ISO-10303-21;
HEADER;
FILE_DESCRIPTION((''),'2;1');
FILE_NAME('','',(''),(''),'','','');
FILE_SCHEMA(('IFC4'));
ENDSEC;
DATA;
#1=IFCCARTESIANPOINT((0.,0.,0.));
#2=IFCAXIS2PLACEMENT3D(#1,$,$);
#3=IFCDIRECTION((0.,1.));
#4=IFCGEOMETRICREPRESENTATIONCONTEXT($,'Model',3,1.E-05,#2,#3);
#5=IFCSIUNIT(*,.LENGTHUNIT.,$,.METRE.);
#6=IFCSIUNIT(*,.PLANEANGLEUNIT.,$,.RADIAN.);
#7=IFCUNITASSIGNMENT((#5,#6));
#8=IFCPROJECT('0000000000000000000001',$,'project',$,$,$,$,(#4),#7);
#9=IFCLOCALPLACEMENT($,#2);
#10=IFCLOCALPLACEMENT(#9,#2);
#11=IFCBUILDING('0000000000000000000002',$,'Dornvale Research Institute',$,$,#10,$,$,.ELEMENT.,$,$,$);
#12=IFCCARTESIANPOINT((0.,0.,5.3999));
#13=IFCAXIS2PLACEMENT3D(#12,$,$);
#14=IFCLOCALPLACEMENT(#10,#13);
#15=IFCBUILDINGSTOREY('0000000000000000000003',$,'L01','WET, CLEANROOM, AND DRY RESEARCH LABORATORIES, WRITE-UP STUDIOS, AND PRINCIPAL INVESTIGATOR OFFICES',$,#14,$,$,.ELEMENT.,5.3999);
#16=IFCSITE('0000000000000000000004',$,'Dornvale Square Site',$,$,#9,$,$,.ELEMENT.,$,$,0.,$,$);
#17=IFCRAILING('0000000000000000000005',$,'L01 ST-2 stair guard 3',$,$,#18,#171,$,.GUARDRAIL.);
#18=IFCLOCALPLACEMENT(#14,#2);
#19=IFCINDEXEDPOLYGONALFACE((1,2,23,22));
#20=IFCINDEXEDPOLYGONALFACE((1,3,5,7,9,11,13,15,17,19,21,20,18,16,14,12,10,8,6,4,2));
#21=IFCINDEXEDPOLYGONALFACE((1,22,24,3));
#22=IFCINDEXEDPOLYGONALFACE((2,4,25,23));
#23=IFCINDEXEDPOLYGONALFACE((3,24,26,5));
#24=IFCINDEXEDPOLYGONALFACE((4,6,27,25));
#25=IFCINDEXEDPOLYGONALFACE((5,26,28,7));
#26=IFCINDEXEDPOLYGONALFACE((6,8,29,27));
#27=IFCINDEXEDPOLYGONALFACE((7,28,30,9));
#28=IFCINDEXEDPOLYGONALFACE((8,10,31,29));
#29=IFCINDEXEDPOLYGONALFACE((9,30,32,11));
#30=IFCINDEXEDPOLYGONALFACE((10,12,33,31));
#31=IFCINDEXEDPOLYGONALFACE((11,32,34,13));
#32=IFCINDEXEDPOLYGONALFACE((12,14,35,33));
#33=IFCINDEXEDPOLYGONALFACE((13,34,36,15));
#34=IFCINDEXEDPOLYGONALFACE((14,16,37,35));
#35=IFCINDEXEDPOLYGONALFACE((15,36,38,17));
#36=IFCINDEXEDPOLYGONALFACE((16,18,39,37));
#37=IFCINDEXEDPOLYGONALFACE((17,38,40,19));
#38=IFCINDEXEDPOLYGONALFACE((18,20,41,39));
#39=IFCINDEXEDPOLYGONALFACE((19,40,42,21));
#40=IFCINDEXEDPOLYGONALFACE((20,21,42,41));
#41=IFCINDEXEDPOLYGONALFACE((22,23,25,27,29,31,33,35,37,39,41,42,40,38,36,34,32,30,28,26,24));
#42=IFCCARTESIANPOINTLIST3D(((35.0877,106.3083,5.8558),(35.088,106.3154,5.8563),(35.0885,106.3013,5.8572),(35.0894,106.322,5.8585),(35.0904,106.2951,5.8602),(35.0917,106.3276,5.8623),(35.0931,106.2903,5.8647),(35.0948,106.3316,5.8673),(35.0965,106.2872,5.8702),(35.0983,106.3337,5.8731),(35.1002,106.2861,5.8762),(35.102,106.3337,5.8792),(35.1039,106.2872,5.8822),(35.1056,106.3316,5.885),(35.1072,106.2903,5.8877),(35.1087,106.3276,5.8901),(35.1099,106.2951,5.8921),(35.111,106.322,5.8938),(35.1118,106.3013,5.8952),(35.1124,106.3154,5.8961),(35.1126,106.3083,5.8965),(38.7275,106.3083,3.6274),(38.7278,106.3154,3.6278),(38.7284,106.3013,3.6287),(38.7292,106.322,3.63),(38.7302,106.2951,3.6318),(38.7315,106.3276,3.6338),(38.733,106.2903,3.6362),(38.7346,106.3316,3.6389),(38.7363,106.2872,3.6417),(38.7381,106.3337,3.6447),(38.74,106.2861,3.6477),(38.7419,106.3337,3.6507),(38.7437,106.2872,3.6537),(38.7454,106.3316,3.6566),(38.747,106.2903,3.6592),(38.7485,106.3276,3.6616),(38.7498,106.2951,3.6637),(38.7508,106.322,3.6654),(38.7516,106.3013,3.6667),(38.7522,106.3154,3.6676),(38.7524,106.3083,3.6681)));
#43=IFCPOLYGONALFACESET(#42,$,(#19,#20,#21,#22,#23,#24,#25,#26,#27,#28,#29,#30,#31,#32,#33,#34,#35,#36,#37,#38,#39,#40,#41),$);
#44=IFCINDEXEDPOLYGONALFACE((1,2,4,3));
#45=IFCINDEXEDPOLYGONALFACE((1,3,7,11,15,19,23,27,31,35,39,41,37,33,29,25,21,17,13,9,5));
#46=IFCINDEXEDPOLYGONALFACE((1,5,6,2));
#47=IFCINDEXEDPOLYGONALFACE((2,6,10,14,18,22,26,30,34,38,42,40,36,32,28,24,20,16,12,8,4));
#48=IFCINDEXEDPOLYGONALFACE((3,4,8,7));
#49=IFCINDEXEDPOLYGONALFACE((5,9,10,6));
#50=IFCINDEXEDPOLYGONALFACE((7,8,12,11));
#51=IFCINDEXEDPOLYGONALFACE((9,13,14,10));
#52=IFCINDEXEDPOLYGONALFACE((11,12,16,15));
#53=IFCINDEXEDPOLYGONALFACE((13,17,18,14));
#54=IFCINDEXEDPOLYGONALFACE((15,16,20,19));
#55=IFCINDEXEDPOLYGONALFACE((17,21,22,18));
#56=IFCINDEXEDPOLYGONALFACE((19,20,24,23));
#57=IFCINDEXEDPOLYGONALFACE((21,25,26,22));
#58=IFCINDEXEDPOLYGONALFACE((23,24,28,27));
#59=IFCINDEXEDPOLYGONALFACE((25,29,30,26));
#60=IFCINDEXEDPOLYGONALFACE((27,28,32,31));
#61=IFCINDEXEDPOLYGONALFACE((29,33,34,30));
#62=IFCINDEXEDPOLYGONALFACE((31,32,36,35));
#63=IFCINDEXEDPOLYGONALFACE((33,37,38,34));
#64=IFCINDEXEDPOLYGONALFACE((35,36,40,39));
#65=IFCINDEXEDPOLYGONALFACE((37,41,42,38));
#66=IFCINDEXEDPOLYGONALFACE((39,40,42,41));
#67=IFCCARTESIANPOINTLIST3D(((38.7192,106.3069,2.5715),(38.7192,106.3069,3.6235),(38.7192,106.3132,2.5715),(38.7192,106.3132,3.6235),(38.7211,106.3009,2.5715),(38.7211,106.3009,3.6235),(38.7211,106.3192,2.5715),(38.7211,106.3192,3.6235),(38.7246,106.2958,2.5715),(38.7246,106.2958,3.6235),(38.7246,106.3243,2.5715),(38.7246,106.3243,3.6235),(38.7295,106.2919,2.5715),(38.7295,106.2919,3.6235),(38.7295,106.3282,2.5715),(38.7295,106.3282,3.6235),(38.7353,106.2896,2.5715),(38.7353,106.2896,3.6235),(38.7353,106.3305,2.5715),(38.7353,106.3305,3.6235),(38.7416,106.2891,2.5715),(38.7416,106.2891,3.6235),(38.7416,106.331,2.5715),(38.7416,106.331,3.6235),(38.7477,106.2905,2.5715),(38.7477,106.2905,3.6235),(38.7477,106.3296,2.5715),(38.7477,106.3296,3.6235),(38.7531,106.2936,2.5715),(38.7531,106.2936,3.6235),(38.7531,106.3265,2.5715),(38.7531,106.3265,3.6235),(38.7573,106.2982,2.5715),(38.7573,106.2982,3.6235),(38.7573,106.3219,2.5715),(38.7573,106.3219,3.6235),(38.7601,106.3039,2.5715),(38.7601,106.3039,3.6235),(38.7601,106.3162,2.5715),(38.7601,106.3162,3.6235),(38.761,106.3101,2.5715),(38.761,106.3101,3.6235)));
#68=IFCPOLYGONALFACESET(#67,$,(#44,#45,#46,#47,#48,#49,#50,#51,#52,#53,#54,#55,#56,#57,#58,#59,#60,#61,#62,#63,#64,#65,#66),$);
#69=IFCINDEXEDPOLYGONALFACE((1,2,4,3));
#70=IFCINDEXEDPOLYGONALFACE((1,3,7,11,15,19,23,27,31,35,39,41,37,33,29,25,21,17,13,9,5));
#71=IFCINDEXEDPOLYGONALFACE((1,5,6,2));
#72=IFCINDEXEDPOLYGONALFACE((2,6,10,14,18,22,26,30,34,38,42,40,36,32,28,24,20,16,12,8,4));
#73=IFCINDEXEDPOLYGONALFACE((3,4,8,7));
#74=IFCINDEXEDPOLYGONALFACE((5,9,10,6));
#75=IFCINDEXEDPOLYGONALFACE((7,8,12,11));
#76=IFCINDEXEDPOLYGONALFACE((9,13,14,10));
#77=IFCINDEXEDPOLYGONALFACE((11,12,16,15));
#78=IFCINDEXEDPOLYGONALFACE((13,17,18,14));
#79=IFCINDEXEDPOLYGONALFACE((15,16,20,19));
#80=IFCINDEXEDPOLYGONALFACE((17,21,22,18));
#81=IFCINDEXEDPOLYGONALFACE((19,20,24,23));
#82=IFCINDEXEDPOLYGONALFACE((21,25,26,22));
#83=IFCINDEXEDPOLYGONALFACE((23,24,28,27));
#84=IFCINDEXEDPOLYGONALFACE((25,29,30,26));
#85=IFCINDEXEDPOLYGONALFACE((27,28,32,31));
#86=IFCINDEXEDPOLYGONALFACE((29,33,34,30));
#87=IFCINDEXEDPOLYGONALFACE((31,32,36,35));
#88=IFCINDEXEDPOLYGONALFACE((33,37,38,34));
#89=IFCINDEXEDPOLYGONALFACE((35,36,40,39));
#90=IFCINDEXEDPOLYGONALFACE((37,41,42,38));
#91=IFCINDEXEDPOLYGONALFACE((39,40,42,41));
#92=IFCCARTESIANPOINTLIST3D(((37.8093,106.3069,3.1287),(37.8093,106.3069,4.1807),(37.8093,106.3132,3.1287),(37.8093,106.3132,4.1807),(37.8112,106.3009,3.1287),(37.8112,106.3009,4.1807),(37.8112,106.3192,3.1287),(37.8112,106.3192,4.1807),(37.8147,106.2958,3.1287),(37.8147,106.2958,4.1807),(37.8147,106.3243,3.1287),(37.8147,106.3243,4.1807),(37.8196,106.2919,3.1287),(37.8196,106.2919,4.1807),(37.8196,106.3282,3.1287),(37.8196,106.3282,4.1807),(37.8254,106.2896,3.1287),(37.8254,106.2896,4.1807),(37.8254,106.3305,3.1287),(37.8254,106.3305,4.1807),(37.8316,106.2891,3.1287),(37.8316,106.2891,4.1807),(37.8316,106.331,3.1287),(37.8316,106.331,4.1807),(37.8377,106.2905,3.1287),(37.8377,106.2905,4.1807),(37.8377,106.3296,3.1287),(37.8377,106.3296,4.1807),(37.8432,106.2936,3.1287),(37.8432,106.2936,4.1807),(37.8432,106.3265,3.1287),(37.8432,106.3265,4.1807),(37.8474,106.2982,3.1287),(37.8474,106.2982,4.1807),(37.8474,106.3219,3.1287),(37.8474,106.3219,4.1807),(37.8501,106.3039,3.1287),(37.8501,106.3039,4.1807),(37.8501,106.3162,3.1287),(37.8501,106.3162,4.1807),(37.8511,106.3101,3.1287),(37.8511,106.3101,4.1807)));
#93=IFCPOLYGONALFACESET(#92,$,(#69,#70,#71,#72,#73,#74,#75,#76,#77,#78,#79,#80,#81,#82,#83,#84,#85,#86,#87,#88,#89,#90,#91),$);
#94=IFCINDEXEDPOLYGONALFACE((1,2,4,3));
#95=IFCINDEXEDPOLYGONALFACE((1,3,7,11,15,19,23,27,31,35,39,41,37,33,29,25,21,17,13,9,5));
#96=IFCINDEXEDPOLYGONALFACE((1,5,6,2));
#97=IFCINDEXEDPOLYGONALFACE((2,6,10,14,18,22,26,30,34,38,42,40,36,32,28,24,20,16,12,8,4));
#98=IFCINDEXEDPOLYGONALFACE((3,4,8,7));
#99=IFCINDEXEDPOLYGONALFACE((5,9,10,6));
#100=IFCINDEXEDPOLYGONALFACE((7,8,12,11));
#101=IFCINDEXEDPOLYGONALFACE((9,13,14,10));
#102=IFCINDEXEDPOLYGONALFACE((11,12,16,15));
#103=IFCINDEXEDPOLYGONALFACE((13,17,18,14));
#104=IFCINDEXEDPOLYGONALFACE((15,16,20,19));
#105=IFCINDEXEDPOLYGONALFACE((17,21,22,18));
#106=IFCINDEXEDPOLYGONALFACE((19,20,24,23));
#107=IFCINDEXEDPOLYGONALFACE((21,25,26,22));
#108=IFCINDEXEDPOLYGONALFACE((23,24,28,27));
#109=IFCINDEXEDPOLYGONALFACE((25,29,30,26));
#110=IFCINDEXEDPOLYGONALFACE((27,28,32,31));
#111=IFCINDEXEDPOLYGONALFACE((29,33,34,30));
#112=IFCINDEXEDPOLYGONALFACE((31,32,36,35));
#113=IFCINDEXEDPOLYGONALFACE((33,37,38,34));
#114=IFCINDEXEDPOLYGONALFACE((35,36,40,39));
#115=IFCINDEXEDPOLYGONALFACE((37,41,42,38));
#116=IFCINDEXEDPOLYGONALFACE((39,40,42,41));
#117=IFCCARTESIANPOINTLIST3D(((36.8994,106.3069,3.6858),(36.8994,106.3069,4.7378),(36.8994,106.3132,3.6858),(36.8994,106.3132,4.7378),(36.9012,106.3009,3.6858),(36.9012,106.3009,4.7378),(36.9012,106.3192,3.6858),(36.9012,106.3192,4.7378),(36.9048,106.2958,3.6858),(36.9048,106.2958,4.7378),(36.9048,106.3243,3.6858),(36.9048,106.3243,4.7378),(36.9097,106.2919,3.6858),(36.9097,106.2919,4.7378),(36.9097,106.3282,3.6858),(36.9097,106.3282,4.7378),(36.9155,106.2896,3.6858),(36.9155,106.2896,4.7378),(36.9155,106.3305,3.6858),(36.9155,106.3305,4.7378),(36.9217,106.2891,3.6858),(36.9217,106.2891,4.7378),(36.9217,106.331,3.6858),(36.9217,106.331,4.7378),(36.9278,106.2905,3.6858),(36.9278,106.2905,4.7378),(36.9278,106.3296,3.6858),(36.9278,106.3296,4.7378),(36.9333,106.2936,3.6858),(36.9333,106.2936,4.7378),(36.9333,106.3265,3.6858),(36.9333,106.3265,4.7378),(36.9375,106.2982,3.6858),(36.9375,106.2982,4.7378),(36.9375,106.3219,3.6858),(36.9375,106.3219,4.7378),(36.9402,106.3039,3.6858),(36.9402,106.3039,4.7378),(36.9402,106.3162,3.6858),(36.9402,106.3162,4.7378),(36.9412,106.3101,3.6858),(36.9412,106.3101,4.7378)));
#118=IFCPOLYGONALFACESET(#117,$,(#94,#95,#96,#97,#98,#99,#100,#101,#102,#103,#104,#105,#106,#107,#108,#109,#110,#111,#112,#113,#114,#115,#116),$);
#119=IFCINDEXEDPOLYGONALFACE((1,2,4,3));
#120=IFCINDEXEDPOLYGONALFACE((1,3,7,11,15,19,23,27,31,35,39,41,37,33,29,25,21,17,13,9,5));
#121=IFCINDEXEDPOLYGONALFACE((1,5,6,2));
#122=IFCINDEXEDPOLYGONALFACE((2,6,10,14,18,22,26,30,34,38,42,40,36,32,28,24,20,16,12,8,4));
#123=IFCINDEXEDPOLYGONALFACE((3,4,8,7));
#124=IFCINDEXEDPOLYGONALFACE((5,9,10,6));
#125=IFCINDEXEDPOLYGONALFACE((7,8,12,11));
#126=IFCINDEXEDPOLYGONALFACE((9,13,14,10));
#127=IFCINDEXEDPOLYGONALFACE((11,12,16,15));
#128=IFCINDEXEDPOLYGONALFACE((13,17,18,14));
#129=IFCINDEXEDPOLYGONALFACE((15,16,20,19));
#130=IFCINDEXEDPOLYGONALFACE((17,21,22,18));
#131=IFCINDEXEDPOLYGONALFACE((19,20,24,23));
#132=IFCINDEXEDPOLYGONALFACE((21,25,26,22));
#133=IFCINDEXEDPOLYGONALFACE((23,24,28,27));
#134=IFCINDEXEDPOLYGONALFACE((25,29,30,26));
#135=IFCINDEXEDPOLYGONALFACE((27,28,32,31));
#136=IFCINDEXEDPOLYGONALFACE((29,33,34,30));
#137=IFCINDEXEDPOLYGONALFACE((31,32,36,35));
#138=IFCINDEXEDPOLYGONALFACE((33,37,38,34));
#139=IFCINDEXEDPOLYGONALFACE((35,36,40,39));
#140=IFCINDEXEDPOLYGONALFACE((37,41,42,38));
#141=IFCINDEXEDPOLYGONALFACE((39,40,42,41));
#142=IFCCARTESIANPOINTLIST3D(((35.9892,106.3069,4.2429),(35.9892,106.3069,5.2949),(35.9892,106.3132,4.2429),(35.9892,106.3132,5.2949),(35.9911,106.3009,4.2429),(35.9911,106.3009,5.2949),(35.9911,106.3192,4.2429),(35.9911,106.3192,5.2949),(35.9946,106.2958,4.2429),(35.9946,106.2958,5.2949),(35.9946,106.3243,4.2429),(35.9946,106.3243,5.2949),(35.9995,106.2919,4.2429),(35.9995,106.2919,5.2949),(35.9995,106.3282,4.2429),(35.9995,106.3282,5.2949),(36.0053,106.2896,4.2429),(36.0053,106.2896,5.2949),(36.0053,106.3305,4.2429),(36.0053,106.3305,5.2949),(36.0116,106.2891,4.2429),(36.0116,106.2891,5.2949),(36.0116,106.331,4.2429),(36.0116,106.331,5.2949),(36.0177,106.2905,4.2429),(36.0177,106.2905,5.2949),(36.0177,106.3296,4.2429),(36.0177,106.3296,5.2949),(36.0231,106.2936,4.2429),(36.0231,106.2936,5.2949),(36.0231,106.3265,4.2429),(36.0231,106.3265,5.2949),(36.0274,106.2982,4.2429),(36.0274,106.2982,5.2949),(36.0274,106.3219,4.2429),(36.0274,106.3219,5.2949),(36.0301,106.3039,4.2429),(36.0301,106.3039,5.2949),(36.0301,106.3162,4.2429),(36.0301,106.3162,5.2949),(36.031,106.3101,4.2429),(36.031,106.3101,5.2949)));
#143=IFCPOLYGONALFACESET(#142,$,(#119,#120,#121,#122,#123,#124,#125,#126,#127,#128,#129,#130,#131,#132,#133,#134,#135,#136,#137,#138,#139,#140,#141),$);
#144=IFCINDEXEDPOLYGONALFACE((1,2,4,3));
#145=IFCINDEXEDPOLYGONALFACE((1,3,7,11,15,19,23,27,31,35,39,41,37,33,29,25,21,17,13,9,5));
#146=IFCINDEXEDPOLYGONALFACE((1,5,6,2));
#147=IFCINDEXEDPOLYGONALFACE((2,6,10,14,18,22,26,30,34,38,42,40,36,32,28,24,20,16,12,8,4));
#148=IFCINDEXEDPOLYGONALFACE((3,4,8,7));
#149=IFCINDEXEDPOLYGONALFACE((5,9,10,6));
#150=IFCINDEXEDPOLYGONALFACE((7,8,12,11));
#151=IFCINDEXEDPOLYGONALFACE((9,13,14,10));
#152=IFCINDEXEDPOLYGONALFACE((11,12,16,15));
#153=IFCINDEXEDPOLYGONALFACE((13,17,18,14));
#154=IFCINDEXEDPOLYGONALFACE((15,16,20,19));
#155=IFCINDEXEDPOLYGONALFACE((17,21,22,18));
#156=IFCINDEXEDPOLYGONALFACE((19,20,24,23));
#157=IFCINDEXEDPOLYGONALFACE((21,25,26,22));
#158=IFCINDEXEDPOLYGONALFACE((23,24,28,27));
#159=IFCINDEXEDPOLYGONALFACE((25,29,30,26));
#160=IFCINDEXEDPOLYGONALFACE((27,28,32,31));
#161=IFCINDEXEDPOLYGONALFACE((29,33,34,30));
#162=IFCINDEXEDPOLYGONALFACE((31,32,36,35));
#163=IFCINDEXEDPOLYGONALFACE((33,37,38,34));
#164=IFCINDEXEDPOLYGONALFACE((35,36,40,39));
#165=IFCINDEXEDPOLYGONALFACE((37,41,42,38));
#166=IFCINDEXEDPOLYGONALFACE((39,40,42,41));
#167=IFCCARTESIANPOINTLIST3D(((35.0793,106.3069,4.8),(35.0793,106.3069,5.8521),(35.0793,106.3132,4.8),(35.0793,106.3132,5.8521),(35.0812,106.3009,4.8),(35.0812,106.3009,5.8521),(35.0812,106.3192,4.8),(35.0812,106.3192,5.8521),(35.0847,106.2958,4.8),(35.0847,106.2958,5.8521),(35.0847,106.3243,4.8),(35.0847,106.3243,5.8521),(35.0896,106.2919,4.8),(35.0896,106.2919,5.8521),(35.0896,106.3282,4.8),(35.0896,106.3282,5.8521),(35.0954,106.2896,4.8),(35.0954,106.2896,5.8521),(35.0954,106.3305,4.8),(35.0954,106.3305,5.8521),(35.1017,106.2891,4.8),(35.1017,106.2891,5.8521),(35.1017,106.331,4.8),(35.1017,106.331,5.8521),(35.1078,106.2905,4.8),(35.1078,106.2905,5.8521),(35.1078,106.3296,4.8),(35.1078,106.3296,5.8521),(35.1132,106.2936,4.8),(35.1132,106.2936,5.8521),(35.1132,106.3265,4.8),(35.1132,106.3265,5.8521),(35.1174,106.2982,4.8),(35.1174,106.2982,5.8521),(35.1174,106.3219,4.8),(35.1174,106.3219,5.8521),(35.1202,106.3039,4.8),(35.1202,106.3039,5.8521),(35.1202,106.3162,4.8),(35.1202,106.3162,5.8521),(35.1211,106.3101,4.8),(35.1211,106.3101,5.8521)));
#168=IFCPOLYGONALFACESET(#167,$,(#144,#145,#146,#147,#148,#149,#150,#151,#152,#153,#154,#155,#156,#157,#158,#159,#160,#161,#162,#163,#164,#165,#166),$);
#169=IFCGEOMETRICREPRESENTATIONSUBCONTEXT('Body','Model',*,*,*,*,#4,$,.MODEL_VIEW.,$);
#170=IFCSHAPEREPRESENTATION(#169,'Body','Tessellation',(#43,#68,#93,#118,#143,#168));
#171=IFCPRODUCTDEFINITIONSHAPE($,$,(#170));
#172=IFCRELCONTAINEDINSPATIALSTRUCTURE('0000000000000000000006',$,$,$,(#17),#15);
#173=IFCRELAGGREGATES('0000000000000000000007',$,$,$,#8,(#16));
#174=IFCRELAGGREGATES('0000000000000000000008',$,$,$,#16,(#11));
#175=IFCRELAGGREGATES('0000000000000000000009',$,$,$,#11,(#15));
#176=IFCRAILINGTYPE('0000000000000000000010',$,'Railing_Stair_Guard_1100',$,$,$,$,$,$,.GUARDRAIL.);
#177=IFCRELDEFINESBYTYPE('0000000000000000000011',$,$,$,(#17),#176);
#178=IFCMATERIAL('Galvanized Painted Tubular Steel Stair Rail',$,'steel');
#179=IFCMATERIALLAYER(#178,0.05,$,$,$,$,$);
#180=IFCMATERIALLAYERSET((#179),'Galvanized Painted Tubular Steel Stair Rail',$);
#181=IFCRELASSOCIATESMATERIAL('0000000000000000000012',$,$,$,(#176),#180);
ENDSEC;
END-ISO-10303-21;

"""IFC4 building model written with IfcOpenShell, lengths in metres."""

from ifc_helpers import new_model, si_unit, direction, frame, origin, origin_2d, place, context, subcontext, project, spatial, circle, extrude, material, layer, layer_set, type_object, element, save


model = new_model("IFC4")

# Units and contexts
model_context = context("Model", 3, precision=1e-05, world=origin(), true_north=direction((0.0, 1.0)))
body_context = subcontext(model_context, "Body", "Model", "MODEL_VIEW")
ifc_project = project(units=[si_unit("LENGTHUNIT", "METRE"), si_unit("PLANEANGLEUNIT", "RADIAN")], contexts=[model_context])

# Site, building, storey
site_placement = place(None, origin())
site = spatial("IfcSite", under=ifc_project, at=site_placement, Name="Dornvale Square Site", CompositionType="ELEMENT", RefElevation=0.0)
building_placement = place(site_placement, origin())
building = spatial("IfcBuilding", under=site, at=building_placement, Name="Dornvale Research Institute", CompositionType="ELEMENT")
storey_placement = place(building_placement, frame((0.0, 0.0, 5.3999)))
storey = spatial("IfcBuildingStorey", under=building, at=storey_placement, Name="L01", Description="WET, CLEANROOM, AND DRY RESEARCH LABORATORIES, WRITE-UP STUDIOS, AND PRINCIPAL INVESTIGATOR OFFICES", CompositionType="ELEMENT", Elevation=5.3999)

# Railing
ifc_material_1 = material(Name="Galvanized Painted Tubular Steel Stair Rail", Category="steel")
ifc_layer_1 = layer(ifc_material_1, 0.05)
ifc_layer_set_1 = layer_set([ifc_layer_1], Name="Galvanized Painted Tubular Steel Stair Rail")
railing_type_1 = type_object("IfcRailingType", Name="Railing_Stair_Guard_1100", PredefinedType="GUARDRAIL", material=ifc_layer_set_1)
railing_1_placement = place(storey_placement, frame((38.74, 106.3101, 2.5715)))
element("IfcRailing", 1, at=railing_1_placement, inside=storey, type_object=railing_type_1, Name="L01 ST-2 stair guard 3", PredefinedType="GUARDRAIL", context=body_context, shape_type="SweptSolid", body=[
    extrude(circle(Radius=0.0239, at=origin_2d()), frame((0.0, 0.0, 1.0762), z_axis=(-0.85285, 0.0, 0.522156), x_axis=(0.0, -1.0, 0.0)), (0.0, 0.0, 1.0), 4.2678),
    extrude(circle(Radius=0.021, at=origin_2d()), origin(), (0.0, 0.0, 1.0), 1.052),
    extrude(circle(Radius=0.021, at=origin_2d()), frame((-0.9099, 0.0, 0.5571)), (0.0, 0.0, 1.0), 1.052),
    extrude(circle(Radius=0.021, at=origin_2d()), frame((-1.8198, 0.0, 1.1143)), (0.0, 0.0, 1.0), 1.052),
    extrude(circle(Radius=0.021, at=origin_2d()), frame((-2.73, 0.0, 1.6714)), (0.0, 0.0, 1.0), 1.052),
    extrude(circle(Radius=0.021, at=origin_2d()), frame((-3.6399, 0.0, 2.2285)), (0.0, 0.0, 1.0), 1.052),
])

save(model, "model.ifc")
